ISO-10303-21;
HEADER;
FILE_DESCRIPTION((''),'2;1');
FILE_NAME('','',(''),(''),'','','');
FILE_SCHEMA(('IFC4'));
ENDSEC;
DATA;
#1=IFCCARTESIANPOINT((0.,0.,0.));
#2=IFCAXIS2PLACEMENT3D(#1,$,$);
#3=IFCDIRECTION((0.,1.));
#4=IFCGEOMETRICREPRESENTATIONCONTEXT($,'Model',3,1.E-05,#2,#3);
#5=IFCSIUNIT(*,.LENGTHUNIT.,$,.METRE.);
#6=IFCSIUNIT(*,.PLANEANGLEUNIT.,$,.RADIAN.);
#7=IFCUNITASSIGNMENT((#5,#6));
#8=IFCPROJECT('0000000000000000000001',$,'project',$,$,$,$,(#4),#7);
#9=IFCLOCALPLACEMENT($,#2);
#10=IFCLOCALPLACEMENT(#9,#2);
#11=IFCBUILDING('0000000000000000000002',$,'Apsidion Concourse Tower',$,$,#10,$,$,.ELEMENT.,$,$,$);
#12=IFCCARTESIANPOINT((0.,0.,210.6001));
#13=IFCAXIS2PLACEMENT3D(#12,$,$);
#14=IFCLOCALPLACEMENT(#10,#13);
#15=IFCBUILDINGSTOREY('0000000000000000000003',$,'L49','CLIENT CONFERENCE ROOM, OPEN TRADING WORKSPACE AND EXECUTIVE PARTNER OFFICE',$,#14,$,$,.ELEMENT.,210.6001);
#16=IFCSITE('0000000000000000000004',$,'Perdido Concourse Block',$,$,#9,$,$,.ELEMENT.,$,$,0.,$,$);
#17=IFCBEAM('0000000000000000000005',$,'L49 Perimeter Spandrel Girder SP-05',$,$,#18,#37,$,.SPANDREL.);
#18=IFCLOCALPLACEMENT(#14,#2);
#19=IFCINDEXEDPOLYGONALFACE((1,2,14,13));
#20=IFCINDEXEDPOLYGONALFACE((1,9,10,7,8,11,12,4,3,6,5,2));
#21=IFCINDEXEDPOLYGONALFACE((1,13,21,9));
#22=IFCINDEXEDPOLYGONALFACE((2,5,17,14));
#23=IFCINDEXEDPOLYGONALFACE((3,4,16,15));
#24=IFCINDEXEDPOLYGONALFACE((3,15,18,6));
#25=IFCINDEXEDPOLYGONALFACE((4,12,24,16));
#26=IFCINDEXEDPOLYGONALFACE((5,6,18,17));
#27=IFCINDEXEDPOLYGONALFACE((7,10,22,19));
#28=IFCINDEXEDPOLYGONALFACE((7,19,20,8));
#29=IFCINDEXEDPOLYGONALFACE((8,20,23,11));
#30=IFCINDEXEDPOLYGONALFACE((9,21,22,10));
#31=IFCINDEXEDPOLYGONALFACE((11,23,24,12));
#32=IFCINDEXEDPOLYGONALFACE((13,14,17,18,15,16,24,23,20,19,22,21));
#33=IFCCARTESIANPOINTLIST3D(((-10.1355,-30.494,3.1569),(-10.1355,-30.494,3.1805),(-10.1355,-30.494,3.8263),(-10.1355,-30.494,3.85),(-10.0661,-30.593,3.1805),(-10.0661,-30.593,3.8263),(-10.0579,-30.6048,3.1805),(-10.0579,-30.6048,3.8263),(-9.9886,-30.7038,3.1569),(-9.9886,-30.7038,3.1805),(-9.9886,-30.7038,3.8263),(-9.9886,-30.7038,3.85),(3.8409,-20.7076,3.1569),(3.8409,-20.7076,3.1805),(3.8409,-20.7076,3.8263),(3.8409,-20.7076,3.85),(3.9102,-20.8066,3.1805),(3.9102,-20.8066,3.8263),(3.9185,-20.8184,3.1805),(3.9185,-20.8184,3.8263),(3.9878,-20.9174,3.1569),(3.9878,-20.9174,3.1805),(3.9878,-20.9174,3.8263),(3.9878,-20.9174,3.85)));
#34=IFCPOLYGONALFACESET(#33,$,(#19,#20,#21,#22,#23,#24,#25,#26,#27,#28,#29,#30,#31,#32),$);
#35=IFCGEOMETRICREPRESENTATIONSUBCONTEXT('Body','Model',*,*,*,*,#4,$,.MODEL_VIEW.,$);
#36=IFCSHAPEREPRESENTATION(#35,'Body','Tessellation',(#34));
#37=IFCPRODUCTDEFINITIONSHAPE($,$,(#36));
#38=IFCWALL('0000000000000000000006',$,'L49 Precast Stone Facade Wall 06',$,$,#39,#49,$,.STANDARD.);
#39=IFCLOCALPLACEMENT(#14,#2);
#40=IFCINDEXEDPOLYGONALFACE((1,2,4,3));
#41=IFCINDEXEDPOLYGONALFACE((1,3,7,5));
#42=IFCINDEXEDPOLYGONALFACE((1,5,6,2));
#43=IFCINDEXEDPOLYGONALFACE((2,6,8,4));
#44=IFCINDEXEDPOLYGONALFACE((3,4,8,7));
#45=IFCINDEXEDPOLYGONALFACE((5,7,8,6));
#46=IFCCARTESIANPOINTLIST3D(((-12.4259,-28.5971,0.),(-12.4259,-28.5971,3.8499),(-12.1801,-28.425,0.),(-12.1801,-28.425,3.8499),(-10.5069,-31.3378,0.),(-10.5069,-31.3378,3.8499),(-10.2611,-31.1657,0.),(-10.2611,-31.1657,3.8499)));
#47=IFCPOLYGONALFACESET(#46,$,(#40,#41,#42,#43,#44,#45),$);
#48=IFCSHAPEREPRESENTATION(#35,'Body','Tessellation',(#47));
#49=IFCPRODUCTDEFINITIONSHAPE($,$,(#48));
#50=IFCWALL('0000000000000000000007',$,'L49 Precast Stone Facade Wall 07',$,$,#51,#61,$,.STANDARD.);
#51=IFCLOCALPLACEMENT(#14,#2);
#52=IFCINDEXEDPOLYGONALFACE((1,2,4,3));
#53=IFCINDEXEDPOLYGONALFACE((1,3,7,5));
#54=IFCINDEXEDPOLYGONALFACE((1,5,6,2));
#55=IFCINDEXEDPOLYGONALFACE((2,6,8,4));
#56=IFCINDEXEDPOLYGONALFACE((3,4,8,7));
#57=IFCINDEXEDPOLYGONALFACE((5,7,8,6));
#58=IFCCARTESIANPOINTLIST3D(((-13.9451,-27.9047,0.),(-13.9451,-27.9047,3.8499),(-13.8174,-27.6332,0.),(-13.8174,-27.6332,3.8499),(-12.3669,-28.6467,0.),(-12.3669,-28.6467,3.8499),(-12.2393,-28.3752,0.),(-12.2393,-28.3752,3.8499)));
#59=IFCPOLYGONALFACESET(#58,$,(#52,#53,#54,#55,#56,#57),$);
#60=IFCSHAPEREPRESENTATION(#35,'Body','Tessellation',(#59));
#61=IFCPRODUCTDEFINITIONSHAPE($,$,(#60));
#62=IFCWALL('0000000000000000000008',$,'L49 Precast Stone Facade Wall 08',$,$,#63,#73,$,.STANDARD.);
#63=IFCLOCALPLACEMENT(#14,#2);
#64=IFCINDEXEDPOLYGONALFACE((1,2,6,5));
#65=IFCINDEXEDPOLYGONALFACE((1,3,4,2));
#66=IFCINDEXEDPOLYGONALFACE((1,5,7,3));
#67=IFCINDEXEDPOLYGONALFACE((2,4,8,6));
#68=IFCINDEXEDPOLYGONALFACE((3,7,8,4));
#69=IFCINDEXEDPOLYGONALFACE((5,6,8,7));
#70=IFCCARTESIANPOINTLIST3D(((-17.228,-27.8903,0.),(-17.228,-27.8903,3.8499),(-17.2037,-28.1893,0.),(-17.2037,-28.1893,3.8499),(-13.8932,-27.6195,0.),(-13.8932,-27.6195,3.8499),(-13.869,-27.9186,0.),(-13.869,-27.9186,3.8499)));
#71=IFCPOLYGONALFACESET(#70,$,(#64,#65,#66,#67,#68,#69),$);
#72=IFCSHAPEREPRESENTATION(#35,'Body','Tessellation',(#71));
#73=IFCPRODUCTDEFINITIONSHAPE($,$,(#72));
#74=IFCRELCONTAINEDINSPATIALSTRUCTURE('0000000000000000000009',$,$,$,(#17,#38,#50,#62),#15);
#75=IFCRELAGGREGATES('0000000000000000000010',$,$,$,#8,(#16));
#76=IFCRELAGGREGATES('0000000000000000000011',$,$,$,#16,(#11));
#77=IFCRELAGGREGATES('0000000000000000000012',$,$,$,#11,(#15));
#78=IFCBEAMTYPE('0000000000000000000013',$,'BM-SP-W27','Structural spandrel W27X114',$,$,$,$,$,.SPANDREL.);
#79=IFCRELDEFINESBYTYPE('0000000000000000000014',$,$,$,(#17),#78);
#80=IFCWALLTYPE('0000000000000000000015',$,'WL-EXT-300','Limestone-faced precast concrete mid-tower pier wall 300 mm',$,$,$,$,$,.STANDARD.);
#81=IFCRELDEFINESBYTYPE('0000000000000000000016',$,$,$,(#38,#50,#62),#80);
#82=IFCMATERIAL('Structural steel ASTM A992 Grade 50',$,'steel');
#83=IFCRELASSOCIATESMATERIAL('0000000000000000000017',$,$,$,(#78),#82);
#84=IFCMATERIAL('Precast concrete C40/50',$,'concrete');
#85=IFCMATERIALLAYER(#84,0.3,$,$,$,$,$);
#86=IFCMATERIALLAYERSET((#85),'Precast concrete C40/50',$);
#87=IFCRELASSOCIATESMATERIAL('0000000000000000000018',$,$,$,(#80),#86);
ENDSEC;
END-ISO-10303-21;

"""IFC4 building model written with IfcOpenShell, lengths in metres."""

from ifc_helpers import new_model, si_unit, direction, frame, frame_2d, origin, origin_2d, place, context, subcontext, project, spatial, rectangle, i_section, extrude, material, layer, layer_set, material_profile, profile_set, type_object, element, save


model = new_model("IFC4")

# Units and contexts
model_context = context("Model", 3, precision=1e-05, world=origin(), true_north=direction((0.0, 1.0)))
body_context = subcontext(model_context, "Body", "Model", "MODEL_VIEW")
ifc_project = project(units=[si_unit("LENGTHUNIT", "METRE"), si_unit("PLANEANGLEUNIT", "RADIAN")], contexts=[model_context])

# Site, building, storey
site_placement = place(None, origin())
site = spatial("IfcSite", under=ifc_project, at=site_placement, Name="Perdido Concourse Block", CompositionType="ELEMENT", RefElevation=0.0)
building_placement = place(site_placement, origin())
building = spatial("IfcBuilding", under=site, at=building_placement, Name="Apsidion Concourse Tower", CompositionType="ELEMENT")
storey_placement = place(building_placement, frame((0.0, 0.0, 210.6001)))
storey = spatial("IfcBuildingStorey", under=building, at=storey_placement, Name="L49", Description="CLIENT CONFERENCE ROOM, OPEN TRADING WORKSPACE AND EXECUTIVE PARTNER OFFICE", CompositionType="ELEMENT", Elevation=210.6001)

# Shared definitions
ifc_material_1 = material(Name="Structural steel ASTM A992 Grade 50", Category="steel")

# Beam
ifc_material_profile_1 = material_profile(ifc_material_1, i_section(OverallWidth=0.2561, OverallDepth=0.6931, WebThickness=0.0144, FlangeThickness=0.0237, at=origin_2d()), Name="W27X114")
ifc_profile_set_1 = profile_set([ifc_material_profile_1], Name="Structural steel ASTM A992 Grade 50")
beam_type_1 = type_object("IfcBeamType", Name="BM-SP-W27", Description="Structural spandrel W27X114", PredefinedType="SPANDREL", material=ifc_profile_set_1)
beam_1_placement = place(storey_placement, frame((-10.062, -30.5989, 3.5034), z_axis=(0.819151, 0.573579, 0.0), x_axis=(-0.573579, 0.819151, 0.0)))
element("IfcBeam", 1, at=beam_1_placement, inside=storey, type_object=beam_type_1, Name="L49 Perimeter Spandrel Girder SP-05", PredefinedType="SPANDREL", context=body_context, shape_type="SweptSolid", body=[
    extrude(i_section(OverallWidth=0.2561, OverallDepth=0.6931, WebThickness=0.0144, FlangeThickness=0.0237, at=origin_2d()), origin(), (0.0, 0.0, 1.0), 17.062),
])

# Walls
ifc_material_2 = material(Name="Precast concrete C40/50", Category="concrete")
ifc_layer_1 = layer(ifc_material_2, 0.3)
ifc_layer_set_1 = layer_set([ifc_layer_1], Name="Precast concrete C40/50")
wall_type_1 = type_object("IfcWallType", Name="WL-EXT-300", Description="Limestone-faced precast concrete mid-tower pier wall 300 mm", PredefinedType="STANDARD", material=ifc_layer_set_1)
wall_1_placement = place(storey_placement, frame((-10.384, -31.2517, 0.0), z_axis=(0.0, 0.0, 1.0), x_axis=(-0.57355, 0.81917, 0.0)))
element("IfcWall", 2, at=wall_1_placement, inside=storey, type_object=wall_type_1, Name="L49 Precast Stone Facade Wall 06", PredefinedType="STANDARD", context=body_context, shape_type="SweptSolid", body=[
    extrude(rectangle(XDim=3.3457, YDim=0.3, at=frame_2d((1.6729, 0.0))), origin(), (0.0, 0.0, 1.0), 3.8499),
])
wall_2_placement = place(storey_placement, frame((-12.303, -28.511, 0.0), z_axis=(0.0, 0.0, 1.0), x_axis=(-0.904974, 0.425467, 0.0)))
element("IfcWall", 3, at=wall_2_placement, inside=storey, type_object=wall_type_1, Name="L49 Precast Stone Facade Wall 07", PredefinedType="STANDARD", context=body_context, shape_type="SweptSolid", body=[
    extrude(rectangle(XDim=1.7439, YDim=0.3, at=frame_2d((0.8721, 0.0))), origin(), (0.0, 0.0, 1.0), 3.8499),
])
wall_3_placement = place(storey_placement, frame((-13.8811, -27.769, 0.0), z_axis=(0.0, 0.0, 1.0), x_axis=(-0.99672, -0.080926, 0.0)))
element("IfcWall", 4, at=wall_3_placement, inside=storey, type_object=wall_type_1, Name="L49 Precast Stone Facade Wall 08", PredefinedType="STANDARD", context=body_context, shape_type="SweptSolid", body=[
    extrude(rectangle(XDim=3.3457, YDim=0.3, at=frame_2d((1.6729, 0.0))), origin(), (0.0, 0.0, 1.0), 3.8499),
])

save(model, "model.ifc")
